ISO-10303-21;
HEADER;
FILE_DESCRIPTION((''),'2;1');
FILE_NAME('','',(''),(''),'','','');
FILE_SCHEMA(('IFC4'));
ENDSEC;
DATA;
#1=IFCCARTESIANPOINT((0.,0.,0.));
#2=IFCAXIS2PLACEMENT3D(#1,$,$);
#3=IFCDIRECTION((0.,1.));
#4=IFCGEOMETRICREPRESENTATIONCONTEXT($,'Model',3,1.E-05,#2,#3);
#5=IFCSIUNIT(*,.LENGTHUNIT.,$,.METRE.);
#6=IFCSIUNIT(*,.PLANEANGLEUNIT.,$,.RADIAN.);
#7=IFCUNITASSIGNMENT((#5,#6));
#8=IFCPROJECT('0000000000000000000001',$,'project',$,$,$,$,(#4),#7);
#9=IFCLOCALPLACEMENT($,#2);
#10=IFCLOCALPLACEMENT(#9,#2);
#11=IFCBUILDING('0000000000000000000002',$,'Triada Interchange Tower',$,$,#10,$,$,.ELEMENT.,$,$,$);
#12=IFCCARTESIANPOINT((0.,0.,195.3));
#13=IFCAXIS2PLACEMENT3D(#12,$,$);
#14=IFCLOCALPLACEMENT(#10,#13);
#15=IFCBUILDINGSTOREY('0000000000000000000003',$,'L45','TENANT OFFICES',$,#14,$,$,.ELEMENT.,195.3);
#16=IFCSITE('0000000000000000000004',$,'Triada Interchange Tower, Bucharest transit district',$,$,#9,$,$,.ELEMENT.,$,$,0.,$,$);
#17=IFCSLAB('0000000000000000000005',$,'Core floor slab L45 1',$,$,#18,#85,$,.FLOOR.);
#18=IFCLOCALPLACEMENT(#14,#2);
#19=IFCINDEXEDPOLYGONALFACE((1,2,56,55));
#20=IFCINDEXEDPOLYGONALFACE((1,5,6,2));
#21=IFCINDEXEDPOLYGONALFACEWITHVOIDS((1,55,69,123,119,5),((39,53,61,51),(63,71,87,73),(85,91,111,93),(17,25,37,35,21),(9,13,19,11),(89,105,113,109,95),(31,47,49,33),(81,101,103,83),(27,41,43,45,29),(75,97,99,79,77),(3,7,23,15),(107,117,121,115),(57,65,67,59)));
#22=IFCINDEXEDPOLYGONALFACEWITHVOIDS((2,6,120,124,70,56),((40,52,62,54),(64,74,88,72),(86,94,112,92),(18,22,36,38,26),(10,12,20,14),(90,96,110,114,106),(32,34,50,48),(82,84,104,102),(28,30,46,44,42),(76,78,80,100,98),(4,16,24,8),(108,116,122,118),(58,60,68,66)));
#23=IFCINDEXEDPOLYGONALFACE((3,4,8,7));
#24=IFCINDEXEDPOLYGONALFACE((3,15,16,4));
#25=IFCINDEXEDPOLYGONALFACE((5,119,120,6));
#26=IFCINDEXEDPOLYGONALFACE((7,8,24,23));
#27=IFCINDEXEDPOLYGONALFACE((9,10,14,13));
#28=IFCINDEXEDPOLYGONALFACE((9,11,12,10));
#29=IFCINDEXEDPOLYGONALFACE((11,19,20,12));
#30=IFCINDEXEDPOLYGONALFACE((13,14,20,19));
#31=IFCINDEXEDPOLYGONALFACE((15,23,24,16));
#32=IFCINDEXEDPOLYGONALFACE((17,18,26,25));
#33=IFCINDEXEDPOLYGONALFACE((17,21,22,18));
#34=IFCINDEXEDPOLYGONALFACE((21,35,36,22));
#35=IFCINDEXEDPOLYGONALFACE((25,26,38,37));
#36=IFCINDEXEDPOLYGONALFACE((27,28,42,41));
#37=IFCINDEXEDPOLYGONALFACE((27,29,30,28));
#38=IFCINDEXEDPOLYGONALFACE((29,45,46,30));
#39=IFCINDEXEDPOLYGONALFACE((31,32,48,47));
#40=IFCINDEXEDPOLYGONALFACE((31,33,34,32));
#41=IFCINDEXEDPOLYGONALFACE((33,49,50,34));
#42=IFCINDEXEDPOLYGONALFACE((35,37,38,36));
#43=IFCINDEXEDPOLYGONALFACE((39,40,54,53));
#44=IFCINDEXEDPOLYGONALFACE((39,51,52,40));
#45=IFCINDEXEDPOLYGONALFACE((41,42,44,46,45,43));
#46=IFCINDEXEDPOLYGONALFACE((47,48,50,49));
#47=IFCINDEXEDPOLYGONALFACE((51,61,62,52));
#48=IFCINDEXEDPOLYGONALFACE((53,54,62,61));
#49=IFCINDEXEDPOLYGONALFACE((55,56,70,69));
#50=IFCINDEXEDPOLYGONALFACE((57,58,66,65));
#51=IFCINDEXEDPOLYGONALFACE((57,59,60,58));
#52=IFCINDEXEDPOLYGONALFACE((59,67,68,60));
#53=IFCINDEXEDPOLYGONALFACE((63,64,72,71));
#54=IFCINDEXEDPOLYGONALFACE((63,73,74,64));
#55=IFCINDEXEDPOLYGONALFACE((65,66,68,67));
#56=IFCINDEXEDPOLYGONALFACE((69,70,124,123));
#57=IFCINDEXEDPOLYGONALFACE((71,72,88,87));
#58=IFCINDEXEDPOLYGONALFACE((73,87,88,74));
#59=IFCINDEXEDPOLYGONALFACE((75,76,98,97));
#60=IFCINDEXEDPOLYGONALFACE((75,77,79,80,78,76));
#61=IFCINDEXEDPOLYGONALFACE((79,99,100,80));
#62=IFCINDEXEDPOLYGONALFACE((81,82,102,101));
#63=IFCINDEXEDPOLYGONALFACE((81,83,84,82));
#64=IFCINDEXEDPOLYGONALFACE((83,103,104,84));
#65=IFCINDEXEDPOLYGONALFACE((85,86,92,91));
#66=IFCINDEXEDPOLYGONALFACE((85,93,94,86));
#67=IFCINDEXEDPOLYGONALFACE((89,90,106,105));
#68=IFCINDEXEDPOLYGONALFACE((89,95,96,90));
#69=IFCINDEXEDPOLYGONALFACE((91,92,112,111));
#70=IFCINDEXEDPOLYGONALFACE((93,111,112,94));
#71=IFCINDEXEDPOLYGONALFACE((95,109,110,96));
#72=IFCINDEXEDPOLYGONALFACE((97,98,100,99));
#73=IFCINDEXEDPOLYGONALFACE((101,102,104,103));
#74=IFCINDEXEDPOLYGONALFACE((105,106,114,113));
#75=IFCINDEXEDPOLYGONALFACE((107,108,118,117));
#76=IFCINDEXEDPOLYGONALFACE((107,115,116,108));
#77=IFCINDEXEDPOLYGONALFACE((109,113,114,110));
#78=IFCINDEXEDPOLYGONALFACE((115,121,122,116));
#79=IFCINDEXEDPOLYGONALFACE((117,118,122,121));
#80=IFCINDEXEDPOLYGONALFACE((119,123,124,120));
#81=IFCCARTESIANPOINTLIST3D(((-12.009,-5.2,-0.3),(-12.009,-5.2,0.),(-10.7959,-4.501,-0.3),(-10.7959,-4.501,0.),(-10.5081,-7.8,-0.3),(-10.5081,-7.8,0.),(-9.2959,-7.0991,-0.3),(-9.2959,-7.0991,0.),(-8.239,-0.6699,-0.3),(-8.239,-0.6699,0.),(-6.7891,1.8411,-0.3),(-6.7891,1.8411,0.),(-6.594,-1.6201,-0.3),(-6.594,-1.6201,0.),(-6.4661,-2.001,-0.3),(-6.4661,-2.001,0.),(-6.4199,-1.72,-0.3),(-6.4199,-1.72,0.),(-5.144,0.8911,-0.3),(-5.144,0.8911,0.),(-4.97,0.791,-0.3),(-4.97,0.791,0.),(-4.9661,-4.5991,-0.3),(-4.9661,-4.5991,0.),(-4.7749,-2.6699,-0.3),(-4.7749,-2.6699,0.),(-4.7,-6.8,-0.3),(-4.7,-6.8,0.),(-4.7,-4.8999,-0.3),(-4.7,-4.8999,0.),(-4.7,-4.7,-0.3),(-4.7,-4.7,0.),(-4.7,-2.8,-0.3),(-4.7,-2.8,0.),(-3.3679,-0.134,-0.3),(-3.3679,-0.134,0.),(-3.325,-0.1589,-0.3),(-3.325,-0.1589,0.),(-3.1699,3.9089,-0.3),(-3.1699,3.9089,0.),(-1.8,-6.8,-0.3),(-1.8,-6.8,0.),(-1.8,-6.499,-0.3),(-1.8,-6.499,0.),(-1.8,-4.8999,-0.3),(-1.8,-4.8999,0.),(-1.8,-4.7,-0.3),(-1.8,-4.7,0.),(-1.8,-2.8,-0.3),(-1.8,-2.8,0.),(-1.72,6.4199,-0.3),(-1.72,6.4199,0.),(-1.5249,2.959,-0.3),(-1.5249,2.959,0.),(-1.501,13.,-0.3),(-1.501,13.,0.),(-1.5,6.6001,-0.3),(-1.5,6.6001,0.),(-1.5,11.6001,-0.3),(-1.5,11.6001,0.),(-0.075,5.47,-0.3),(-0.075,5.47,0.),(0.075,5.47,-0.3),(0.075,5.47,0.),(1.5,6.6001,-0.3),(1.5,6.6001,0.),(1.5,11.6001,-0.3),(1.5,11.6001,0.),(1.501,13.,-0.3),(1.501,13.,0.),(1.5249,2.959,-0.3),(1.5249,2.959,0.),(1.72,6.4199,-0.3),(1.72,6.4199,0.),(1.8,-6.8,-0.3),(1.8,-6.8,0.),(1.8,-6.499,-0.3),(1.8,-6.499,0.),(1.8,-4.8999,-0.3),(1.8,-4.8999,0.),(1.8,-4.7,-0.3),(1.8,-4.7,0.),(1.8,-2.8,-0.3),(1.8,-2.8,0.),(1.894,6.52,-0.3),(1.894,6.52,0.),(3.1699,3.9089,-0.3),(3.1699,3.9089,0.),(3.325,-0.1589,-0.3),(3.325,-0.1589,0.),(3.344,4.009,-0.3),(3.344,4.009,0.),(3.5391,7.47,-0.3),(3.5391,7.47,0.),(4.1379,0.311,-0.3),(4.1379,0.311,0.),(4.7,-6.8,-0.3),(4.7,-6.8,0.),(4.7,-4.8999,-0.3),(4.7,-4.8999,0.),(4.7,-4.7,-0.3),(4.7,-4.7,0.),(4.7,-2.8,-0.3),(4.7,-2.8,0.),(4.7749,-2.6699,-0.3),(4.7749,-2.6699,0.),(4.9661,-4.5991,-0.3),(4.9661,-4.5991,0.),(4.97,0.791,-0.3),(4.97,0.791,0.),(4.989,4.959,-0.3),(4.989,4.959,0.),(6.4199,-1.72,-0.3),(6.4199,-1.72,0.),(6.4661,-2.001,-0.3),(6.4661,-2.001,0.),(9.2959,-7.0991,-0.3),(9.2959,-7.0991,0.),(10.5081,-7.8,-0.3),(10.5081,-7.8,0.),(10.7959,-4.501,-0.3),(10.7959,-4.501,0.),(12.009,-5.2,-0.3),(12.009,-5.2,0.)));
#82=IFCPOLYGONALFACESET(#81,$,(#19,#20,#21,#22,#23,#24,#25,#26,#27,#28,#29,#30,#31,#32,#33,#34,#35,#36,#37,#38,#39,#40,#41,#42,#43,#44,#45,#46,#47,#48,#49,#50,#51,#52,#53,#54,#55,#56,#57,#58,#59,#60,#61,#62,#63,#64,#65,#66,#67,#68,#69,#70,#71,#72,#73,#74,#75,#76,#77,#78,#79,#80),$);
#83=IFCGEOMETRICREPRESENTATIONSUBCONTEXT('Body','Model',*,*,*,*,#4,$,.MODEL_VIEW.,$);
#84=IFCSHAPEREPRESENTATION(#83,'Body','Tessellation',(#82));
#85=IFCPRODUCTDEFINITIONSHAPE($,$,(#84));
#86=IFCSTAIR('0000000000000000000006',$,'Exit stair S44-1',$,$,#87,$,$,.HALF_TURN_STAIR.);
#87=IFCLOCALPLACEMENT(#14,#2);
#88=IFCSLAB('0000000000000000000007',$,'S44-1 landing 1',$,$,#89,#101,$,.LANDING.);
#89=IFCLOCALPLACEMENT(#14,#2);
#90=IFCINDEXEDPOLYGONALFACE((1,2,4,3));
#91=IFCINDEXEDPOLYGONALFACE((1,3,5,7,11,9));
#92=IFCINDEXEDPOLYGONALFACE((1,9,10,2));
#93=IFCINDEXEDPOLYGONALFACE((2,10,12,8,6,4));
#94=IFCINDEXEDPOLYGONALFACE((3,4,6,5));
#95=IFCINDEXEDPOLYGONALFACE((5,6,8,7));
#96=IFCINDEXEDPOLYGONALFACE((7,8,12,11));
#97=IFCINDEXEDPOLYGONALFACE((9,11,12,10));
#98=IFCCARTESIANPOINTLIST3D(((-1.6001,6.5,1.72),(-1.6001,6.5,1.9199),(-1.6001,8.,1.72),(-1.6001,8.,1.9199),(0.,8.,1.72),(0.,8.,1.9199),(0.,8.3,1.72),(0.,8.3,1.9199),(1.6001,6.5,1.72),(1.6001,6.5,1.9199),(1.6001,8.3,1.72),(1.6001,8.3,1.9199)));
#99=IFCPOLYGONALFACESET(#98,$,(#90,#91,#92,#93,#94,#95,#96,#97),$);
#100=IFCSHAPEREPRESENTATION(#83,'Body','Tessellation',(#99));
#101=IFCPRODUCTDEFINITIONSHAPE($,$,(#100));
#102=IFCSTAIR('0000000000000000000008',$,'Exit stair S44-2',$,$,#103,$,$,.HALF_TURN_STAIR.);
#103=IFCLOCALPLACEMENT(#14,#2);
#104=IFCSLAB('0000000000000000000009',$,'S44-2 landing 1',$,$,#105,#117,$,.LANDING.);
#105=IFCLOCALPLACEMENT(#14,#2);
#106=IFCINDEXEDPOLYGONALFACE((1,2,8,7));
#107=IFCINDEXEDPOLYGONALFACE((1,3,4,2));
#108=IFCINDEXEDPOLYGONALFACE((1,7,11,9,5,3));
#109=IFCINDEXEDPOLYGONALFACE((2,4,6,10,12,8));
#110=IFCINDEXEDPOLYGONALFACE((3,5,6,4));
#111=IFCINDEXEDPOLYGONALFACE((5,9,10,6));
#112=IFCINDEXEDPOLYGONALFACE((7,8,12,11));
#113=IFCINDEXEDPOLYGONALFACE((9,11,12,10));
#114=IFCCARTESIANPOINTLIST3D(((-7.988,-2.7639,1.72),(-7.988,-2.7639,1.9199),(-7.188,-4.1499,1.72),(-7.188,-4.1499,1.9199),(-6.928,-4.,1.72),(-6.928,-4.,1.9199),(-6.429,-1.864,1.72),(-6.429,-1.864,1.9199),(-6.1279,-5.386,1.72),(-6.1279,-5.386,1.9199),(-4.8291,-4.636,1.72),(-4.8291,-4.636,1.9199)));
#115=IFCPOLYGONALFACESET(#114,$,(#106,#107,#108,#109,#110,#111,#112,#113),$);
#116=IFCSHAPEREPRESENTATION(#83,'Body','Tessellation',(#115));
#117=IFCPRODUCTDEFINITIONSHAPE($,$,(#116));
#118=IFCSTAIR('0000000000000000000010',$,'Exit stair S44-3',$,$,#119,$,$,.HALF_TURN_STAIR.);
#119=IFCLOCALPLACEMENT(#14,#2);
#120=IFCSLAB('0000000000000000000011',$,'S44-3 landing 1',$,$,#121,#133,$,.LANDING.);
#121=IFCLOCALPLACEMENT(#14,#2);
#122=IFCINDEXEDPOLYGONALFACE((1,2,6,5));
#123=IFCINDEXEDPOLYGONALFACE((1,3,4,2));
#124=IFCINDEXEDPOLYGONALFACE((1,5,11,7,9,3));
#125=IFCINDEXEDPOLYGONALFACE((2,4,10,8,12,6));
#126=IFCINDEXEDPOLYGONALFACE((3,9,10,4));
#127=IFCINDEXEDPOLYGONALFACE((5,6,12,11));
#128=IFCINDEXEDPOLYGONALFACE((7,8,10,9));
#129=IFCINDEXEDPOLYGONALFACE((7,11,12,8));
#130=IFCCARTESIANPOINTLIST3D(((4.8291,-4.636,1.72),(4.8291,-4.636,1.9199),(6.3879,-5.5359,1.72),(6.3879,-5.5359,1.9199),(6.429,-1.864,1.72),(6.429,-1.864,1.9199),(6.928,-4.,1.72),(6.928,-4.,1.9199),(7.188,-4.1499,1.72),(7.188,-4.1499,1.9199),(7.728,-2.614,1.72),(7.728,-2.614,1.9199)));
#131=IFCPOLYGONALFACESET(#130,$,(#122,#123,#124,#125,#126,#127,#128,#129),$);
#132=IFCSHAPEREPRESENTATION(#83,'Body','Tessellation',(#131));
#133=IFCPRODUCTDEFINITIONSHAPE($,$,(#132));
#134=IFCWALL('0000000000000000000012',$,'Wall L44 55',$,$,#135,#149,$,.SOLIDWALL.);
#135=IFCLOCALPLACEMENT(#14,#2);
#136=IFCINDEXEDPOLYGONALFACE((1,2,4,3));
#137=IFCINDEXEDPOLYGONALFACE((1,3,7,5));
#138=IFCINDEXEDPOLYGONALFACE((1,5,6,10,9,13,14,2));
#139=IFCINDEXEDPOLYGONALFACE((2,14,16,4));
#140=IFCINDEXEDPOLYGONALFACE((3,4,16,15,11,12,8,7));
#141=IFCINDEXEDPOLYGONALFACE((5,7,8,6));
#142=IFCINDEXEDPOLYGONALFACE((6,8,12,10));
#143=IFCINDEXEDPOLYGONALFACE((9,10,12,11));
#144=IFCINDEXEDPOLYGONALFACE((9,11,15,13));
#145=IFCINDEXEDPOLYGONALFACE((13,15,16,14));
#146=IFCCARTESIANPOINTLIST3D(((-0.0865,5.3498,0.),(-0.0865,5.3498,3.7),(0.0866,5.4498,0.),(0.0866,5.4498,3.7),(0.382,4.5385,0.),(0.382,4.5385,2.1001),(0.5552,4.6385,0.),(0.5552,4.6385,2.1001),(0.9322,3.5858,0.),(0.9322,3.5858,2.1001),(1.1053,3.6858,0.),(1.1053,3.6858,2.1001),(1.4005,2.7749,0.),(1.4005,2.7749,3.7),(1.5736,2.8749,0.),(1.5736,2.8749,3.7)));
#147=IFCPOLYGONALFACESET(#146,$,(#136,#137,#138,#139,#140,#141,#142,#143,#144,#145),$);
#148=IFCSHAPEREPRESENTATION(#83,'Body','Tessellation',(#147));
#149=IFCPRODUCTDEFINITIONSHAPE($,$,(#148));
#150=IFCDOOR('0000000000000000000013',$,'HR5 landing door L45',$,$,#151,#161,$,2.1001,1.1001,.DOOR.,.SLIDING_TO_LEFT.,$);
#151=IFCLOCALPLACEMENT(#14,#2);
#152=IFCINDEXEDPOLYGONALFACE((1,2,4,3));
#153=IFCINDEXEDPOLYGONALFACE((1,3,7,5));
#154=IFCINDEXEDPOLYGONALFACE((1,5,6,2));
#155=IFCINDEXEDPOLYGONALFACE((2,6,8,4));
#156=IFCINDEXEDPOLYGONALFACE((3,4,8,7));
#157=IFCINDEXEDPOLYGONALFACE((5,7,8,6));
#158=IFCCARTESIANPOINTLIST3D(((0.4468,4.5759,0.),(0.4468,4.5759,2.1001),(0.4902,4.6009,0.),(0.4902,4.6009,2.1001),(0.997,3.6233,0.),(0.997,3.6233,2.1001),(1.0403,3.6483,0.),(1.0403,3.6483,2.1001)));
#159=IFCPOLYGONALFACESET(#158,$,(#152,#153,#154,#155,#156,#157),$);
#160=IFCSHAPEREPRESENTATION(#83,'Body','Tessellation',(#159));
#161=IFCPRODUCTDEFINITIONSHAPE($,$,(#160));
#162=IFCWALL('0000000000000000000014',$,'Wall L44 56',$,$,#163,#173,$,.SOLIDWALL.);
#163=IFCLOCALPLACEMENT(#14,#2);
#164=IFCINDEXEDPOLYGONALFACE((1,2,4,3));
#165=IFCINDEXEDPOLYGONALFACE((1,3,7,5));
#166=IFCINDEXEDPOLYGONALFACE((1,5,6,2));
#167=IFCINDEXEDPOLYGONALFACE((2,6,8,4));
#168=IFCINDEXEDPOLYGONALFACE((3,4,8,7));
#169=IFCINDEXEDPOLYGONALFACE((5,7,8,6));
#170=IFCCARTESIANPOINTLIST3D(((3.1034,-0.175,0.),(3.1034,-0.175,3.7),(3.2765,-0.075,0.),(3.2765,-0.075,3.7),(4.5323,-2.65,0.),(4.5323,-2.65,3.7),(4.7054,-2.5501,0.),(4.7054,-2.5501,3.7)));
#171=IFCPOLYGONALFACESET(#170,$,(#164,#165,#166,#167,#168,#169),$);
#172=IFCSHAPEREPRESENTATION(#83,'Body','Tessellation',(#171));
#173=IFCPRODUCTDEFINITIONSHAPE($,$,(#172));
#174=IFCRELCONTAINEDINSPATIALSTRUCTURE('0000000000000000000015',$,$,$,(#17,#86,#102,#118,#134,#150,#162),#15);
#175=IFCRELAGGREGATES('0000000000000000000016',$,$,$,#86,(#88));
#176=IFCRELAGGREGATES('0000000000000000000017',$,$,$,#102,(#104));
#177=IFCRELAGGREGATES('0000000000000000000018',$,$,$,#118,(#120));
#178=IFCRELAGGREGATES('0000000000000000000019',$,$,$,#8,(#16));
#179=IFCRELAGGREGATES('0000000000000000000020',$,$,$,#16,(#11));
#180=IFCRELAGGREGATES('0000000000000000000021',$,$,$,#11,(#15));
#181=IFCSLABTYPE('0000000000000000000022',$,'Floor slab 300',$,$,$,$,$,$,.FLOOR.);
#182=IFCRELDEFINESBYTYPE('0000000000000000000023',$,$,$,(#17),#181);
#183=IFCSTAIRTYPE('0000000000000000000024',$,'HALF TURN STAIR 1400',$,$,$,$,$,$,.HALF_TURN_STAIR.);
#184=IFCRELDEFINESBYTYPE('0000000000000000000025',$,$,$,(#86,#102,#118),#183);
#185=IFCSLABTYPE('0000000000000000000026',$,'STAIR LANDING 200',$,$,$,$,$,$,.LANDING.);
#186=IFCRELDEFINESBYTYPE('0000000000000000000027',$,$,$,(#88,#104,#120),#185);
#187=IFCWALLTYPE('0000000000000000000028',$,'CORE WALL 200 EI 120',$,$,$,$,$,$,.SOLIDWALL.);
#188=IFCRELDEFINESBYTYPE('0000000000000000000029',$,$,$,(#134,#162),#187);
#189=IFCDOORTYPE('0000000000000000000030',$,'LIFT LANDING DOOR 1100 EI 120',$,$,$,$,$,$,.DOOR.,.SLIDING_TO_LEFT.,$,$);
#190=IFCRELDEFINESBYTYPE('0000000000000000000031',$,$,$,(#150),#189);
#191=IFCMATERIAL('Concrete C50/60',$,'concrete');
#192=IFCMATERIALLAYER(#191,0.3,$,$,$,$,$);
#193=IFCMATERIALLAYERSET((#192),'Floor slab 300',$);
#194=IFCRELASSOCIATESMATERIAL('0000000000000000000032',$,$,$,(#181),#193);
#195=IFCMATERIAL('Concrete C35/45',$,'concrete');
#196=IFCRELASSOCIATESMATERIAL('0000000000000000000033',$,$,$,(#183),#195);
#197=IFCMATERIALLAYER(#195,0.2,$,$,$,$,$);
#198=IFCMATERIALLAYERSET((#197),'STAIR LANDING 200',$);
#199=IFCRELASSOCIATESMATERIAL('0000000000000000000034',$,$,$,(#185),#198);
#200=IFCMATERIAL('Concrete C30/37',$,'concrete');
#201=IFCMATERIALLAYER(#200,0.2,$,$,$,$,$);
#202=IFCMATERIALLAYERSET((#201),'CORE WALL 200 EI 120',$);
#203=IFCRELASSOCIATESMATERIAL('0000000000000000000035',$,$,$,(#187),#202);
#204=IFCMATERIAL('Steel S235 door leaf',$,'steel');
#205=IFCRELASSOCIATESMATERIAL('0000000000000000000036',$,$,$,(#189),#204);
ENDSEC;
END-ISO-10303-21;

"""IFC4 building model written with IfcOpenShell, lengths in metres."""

from ifc_helpers import new_model, si_unit, direction, frame, frame_2d, origin, place, context, subcontext, project, spatial, polyline, rectangle, outline, extrude, material, layer, layer_set, type_object, element, fill, aggregate, save


model = new_model("IFC4")

# Units and contexts
model_context = context("Model", 3, precision=1e-05, world=origin(), true_north=direction((0.0, 1.0)))
body_context = subcontext(model_context, "Body", "Model", "MODEL_VIEW")
ifc_project = project(units=[si_unit("LENGTHUNIT", "METRE"), si_unit("PLANEANGLEUNIT", "RADIAN")], contexts=[model_context])

# Site, building, storey
site_placement = place(None, origin())
site = spatial("IfcSite", under=ifc_project, at=site_placement, Name="Triada Interchange Tower, Bucharest transit district", CompositionType="ELEMENT", RefElevation=0.0)
building_placement = place(site_placement, origin())
building = spatial("IfcBuilding", under=site, at=building_placement, Name="Triada Interchange Tower", CompositionType="ELEMENT")
storey_placement = place(building_placement, frame((0.0, 0.0, 195.3)))
storey = spatial("IfcBuildingStorey", under=building, at=storey_placement, Name="L45", Description="TENANT OFFICES", CompositionType="ELEMENT", Elevation=195.3)

# Slab
ifc_material_1 = material(Name="Concrete C50/60", Category="concrete")
ifc_layer_1 = layer(ifc_material_1, 0.3)
ifc_layer_set_1 = layer_set([ifc_layer_1], Name="Floor slab 300")
slab_type_1 = type_object("IfcSlabType", Name="Floor slab 300", PredefinedType="FLOOR", material=ifc_layer_set_1)
slab_1_placement = place(storey_placement, frame((0.0, 0.0, -0.3)))
element("IfcSlab", 1, at=slab_1_placement, inside=storey, type_object=slab_type_1, Name="Core floor slab L45 1", PredefinedType="FLOOR", context=body_context, shape_type="SweptSolid", body=[
    extrude(outline(polyline([(12.009, -5.2), (10.5081, -7.8), (-10.5081, -7.8), (-12.009, -5.2), (-1.501, 13.0), (1.501, 13.0), (12.009, -5.2)]), holes=[polyline([(9.2959, -7.0991), (10.7959, -4.501), (6.4661, -2.001), (4.9661, -4.5991), (9.2959, -7.0991)]), polyline([(4.7749, -2.6699), (6.4199, -1.72), (4.97, 0.791), (4.1379, 0.311), (3.325, -0.1589), (4.7749, -2.6699)]), polyline([(1.894, 6.52), (3.344, 4.009), (4.989, 4.959), (3.5391, 7.47), (1.894, 6.52)]), polyline([(1.8, -4.8999), (1.8, -6.499), (1.8, -6.8), (4.7, -6.8), (4.7, -4.8999), (1.8, -4.8999)]), polyline([(4.7, -2.8), (1.8, -2.8), (1.8, -4.7), (4.7, -4.7), (4.7, -2.8)]), polyline([(0.075, 5.47), (1.5249, 2.959), (3.1699, 3.9089), (1.72, 6.4199), (0.075, 5.47)]), polyline([(-1.5, 11.6001), (-1.5, 6.6001), (1.5, 6.6001), (1.5, 11.6001), (-1.5, 11.6001)]), polyline([(-1.5249, 2.959), (-0.075, 5.47), (-1.72, 6.4199), (-3.1699, 3.9089), (-1.5249, 2.959)]), polyline([(-1.8, -2.8), (-4.7, -2.8), (-4.7, -4.7), (-1.8, -4.7), (-1.8, -2.8)]), polyline([(-4.7, -6.8), (-1.8, -6.8), (-1.8, -6.499), (-1.8, -4.8999), (-4.7, -4.8999), (-4.7, -6.8)]), polyline([(-3.3679, -0.134), (-4.97, 0.791), (-6.4199, -1.72), (-4.7749, -2.6699), (-3.325, -0.1589), (-3.3679, -0.134)]), polyline([(-10.7959, -4.501), (-9.2959, -7.0991), (-4.9661, -4.5991), (-6.4661, -2.001), (-10.7959, -4.501)]), polyline([(-6.594, -1.6201), (-5.144, 0.8911), (-6.7891, 1.8411), (-8.239, -0.6699), (-6.594, -1.6201)])]), origin(), (0.0, 0.0, 1.0), 0.3),
])

# Stairs, slabs
ifc_material_2 = material(Name="Concrete C35/45", Category="concrete")
stair_type = type_object("IfcStairType", Name="HALF TURN STAIR 1400", PredefinedType="HALF_TURN_STAIR", material=ifc_material_2)
stair_1_placement = place(storey_placement, origin())
stair_1 = element("IfcStair", 2, at=stair_1_placement, inside=storey, type_object=stair_type, Name="Exit stair S44-1", PredefinedType="HALF_TURN_STAIR")
ifc_layer_2 = layer(ifc_material_2, 0.2)
ifc_layer_set_2 = layer_set([ifc_layer_2], Name="STAIR LANDING 200")
slab_type_2 = type_object("IfcSlabType", Name="STAIR LANDING 200", PredefinedType="LANDING", material=ifc_layer_set_2)
slab_2_placement = place(storey_placement, frame((0.0, 0.0, 1.72)))
slab_2 = element("IfcSlab", 3, at=slab_2_placement, type_object=slab_type_2, Name="S44-1 landing 1", PredefinedType="LANDING", context=body_context, shape_type="SweptSolid", body=[
    extrude(outline(polyline([(1.6001, 6.5), (1.6001, 8.3), (0.0, 8.3), (0.0, 8.0), (-1.6001, 8.0), (-1.6001, 6.5), (1.6001, 6.5)])), origin(), (0.0, 0.0, 1.0), 0.2),
])
aggregate(stair_1, [slab_2])
stair_2_placement = place(storey_placement, origin())
stair_2 = element("IfcStair", 4, at=stair_2_placement, inside=storey, type_object=stair_type, Name="Exit stair S44-2", PredefinedType="HALF_TURN_STAIR")
slab_3_placement = place(storey_placement, frame((0.0, 0.0, 1.72)))
slab_3 = element("IfcSlab", 5, at=slab_3_placement, type_object=slab_type_2, Name="S44-2 landing 1", PredefinedType="LANDING", context=body_context, shape_type="SweptSolid", body=[
    extrude(outline(polyline([(-6.429, -1.864), (-7.988, -2.7639), (-7.188, -4.1499), (-6.928, -4.0), (-6.1279, -5.386), (-4.8291, -4.636), (-6.429, -1.864)])), origin(), (0.0, 0.0, 1.0), 0.2),
])
aggregate(stair_2, [slab_3])
stair_3_placement = place(storey_placement, origin())
stair_3 = element("IfcStair", 6, at=stair_3_placement, inside=storey, type_object=stair_type, Name="Exit stair S44-3", PredefinedType="HALF_TURN_STAIR")
slab_4_placement = place(storey_placement, frame((0.0, 0.0, 1.72)))
slab_4 = element("IfcSlab", 7, at=slab_4_placement, type_object=slab_type_2, Name="S44-3 landing 1", PredefinedType="LANDING", context=body_context, shape_type="SweptSolid", body=[
    extrude(outline(polyline([(4.8291, -4.636), (6.3879, -5.5359), (7.188, -4.1499), (6.928, -4.0), (7.728, -2.614), (6.429, -1.864), (4.8291, -4.636)])), origin(), (0.0, 0.0, 1.0), 0.2),
])
aggregate(stair_3, [slab_4])

# Wall, opening, door
ifc_material_3 = material(Name="Concrete C30/37", Category="concrete")
ifc_layer_3 = layer(ifc_material_3, 0.2)
ifc_layer_set_3 = layer_set([ifc_layer_3], Name="CORE WALL 200 EI 120")
wall_type_1 = type_object("IfcWallType", Name="CORE WALL 200 EI 120", PredefinedType="SOLIDWALL", material=ifc_layer_set_3)
wall_1_placement = place(storey_placement, frame((0.0, 5.3999, 0.0), z_axis=(0.0, 0.0, 1.0), x_axis=(0.500104, -0.865965, 0.0)))
wall_1 = element("IfcWall", 8, at=wall_1_placement, inside=storey, type_object=wall_type_1, Name="Wall L44 55", PredefinedType="SOLIDWALL", context=body_context, shape_type="SweptSolid", body=[
    extrude(rectangle(XDim=2.9734, YDim=0.2, at=frame_2d((1.4868, 0.0))), origin(), (0.0, 0.0, 1.0), 3.7),
])
opening_1_placement = place(wall_1_placement, frame((0.937, 0.0, 0.0)))
opening_1 = element("IfcOpeningElement", 9, at=opening_1_placement, cuts=wall_1, PredefinedType="OPENING", context=body_context, shape_type="SweptSolid", body=[
    extrude(rectangle(XDim=1.1001, YDim=2.1001, at=frame_2d((0.55, 1.05))), frame((0.0, 0.1099, 0.0), z_axis=(0.0, -1.0, 0.0), x_axis=(1.0, 0.0, 0.0)), (0.0, 0.0, 1.0), 0.22),
])
ifc_material_4 = material(Name="Steel S235 door leaf", Category="steel")
door_type_1 = type_object("IfcDoorType", Name="LIFT LANDING DOOR 1100 EI 120", OperationType="SLIDING_TO_LEFT", PredefinedType="DOOR", material=ifc_material_4)
door_1_placement = place(opening_1_placement, origin())
door_1 = element("IfcDoor", 10, at=door_1_placement, inside=storey, type_object=door_type_1, Name="HR5 landing door L45", OperationType="SLIDING_TO_LEFT", OverallHeight=2.1001, OverallWidth=1.1001, PredefinedType="DOOR", context=body_context, shape_type="SweptSolid", body=[
    extrude(rectangle(XDim=1.1001, YDim=2.1001, at=frame_2d((0.55, 1.05))), frame((0.0, 0.0249, 0.0), z_axis=(0.0, -1.0, 0.0), x_axis=(1.0, 0.0, 0.0)), (0.0, 0.0, 1.0), 0.05),
])
fill(opening_1, door_1)

# Wall
wall_2_placement = place(storey_placement, frame((3.1899, -0.125, 0.0), z_axis=(0.0, 0.0, 1.0), x_axis=(0.499989, -0.866032, 0.0)))
element("IfcWall", 11, at=wall_2_placement, inside=storey, type_object=wall_type_1, Name="Wall L44 56", PredefinedType="SOLIDWALL", context=body_context, shape_type="SweptSolid", body=[
    extrude(rectangle(XDim=2.8579, YDim=0.2, at=frame_2d((1.429, 0.0))), origin(), (0.0, 0.0, 1.0), 3.7),
])

save(model, "model.ifc")
